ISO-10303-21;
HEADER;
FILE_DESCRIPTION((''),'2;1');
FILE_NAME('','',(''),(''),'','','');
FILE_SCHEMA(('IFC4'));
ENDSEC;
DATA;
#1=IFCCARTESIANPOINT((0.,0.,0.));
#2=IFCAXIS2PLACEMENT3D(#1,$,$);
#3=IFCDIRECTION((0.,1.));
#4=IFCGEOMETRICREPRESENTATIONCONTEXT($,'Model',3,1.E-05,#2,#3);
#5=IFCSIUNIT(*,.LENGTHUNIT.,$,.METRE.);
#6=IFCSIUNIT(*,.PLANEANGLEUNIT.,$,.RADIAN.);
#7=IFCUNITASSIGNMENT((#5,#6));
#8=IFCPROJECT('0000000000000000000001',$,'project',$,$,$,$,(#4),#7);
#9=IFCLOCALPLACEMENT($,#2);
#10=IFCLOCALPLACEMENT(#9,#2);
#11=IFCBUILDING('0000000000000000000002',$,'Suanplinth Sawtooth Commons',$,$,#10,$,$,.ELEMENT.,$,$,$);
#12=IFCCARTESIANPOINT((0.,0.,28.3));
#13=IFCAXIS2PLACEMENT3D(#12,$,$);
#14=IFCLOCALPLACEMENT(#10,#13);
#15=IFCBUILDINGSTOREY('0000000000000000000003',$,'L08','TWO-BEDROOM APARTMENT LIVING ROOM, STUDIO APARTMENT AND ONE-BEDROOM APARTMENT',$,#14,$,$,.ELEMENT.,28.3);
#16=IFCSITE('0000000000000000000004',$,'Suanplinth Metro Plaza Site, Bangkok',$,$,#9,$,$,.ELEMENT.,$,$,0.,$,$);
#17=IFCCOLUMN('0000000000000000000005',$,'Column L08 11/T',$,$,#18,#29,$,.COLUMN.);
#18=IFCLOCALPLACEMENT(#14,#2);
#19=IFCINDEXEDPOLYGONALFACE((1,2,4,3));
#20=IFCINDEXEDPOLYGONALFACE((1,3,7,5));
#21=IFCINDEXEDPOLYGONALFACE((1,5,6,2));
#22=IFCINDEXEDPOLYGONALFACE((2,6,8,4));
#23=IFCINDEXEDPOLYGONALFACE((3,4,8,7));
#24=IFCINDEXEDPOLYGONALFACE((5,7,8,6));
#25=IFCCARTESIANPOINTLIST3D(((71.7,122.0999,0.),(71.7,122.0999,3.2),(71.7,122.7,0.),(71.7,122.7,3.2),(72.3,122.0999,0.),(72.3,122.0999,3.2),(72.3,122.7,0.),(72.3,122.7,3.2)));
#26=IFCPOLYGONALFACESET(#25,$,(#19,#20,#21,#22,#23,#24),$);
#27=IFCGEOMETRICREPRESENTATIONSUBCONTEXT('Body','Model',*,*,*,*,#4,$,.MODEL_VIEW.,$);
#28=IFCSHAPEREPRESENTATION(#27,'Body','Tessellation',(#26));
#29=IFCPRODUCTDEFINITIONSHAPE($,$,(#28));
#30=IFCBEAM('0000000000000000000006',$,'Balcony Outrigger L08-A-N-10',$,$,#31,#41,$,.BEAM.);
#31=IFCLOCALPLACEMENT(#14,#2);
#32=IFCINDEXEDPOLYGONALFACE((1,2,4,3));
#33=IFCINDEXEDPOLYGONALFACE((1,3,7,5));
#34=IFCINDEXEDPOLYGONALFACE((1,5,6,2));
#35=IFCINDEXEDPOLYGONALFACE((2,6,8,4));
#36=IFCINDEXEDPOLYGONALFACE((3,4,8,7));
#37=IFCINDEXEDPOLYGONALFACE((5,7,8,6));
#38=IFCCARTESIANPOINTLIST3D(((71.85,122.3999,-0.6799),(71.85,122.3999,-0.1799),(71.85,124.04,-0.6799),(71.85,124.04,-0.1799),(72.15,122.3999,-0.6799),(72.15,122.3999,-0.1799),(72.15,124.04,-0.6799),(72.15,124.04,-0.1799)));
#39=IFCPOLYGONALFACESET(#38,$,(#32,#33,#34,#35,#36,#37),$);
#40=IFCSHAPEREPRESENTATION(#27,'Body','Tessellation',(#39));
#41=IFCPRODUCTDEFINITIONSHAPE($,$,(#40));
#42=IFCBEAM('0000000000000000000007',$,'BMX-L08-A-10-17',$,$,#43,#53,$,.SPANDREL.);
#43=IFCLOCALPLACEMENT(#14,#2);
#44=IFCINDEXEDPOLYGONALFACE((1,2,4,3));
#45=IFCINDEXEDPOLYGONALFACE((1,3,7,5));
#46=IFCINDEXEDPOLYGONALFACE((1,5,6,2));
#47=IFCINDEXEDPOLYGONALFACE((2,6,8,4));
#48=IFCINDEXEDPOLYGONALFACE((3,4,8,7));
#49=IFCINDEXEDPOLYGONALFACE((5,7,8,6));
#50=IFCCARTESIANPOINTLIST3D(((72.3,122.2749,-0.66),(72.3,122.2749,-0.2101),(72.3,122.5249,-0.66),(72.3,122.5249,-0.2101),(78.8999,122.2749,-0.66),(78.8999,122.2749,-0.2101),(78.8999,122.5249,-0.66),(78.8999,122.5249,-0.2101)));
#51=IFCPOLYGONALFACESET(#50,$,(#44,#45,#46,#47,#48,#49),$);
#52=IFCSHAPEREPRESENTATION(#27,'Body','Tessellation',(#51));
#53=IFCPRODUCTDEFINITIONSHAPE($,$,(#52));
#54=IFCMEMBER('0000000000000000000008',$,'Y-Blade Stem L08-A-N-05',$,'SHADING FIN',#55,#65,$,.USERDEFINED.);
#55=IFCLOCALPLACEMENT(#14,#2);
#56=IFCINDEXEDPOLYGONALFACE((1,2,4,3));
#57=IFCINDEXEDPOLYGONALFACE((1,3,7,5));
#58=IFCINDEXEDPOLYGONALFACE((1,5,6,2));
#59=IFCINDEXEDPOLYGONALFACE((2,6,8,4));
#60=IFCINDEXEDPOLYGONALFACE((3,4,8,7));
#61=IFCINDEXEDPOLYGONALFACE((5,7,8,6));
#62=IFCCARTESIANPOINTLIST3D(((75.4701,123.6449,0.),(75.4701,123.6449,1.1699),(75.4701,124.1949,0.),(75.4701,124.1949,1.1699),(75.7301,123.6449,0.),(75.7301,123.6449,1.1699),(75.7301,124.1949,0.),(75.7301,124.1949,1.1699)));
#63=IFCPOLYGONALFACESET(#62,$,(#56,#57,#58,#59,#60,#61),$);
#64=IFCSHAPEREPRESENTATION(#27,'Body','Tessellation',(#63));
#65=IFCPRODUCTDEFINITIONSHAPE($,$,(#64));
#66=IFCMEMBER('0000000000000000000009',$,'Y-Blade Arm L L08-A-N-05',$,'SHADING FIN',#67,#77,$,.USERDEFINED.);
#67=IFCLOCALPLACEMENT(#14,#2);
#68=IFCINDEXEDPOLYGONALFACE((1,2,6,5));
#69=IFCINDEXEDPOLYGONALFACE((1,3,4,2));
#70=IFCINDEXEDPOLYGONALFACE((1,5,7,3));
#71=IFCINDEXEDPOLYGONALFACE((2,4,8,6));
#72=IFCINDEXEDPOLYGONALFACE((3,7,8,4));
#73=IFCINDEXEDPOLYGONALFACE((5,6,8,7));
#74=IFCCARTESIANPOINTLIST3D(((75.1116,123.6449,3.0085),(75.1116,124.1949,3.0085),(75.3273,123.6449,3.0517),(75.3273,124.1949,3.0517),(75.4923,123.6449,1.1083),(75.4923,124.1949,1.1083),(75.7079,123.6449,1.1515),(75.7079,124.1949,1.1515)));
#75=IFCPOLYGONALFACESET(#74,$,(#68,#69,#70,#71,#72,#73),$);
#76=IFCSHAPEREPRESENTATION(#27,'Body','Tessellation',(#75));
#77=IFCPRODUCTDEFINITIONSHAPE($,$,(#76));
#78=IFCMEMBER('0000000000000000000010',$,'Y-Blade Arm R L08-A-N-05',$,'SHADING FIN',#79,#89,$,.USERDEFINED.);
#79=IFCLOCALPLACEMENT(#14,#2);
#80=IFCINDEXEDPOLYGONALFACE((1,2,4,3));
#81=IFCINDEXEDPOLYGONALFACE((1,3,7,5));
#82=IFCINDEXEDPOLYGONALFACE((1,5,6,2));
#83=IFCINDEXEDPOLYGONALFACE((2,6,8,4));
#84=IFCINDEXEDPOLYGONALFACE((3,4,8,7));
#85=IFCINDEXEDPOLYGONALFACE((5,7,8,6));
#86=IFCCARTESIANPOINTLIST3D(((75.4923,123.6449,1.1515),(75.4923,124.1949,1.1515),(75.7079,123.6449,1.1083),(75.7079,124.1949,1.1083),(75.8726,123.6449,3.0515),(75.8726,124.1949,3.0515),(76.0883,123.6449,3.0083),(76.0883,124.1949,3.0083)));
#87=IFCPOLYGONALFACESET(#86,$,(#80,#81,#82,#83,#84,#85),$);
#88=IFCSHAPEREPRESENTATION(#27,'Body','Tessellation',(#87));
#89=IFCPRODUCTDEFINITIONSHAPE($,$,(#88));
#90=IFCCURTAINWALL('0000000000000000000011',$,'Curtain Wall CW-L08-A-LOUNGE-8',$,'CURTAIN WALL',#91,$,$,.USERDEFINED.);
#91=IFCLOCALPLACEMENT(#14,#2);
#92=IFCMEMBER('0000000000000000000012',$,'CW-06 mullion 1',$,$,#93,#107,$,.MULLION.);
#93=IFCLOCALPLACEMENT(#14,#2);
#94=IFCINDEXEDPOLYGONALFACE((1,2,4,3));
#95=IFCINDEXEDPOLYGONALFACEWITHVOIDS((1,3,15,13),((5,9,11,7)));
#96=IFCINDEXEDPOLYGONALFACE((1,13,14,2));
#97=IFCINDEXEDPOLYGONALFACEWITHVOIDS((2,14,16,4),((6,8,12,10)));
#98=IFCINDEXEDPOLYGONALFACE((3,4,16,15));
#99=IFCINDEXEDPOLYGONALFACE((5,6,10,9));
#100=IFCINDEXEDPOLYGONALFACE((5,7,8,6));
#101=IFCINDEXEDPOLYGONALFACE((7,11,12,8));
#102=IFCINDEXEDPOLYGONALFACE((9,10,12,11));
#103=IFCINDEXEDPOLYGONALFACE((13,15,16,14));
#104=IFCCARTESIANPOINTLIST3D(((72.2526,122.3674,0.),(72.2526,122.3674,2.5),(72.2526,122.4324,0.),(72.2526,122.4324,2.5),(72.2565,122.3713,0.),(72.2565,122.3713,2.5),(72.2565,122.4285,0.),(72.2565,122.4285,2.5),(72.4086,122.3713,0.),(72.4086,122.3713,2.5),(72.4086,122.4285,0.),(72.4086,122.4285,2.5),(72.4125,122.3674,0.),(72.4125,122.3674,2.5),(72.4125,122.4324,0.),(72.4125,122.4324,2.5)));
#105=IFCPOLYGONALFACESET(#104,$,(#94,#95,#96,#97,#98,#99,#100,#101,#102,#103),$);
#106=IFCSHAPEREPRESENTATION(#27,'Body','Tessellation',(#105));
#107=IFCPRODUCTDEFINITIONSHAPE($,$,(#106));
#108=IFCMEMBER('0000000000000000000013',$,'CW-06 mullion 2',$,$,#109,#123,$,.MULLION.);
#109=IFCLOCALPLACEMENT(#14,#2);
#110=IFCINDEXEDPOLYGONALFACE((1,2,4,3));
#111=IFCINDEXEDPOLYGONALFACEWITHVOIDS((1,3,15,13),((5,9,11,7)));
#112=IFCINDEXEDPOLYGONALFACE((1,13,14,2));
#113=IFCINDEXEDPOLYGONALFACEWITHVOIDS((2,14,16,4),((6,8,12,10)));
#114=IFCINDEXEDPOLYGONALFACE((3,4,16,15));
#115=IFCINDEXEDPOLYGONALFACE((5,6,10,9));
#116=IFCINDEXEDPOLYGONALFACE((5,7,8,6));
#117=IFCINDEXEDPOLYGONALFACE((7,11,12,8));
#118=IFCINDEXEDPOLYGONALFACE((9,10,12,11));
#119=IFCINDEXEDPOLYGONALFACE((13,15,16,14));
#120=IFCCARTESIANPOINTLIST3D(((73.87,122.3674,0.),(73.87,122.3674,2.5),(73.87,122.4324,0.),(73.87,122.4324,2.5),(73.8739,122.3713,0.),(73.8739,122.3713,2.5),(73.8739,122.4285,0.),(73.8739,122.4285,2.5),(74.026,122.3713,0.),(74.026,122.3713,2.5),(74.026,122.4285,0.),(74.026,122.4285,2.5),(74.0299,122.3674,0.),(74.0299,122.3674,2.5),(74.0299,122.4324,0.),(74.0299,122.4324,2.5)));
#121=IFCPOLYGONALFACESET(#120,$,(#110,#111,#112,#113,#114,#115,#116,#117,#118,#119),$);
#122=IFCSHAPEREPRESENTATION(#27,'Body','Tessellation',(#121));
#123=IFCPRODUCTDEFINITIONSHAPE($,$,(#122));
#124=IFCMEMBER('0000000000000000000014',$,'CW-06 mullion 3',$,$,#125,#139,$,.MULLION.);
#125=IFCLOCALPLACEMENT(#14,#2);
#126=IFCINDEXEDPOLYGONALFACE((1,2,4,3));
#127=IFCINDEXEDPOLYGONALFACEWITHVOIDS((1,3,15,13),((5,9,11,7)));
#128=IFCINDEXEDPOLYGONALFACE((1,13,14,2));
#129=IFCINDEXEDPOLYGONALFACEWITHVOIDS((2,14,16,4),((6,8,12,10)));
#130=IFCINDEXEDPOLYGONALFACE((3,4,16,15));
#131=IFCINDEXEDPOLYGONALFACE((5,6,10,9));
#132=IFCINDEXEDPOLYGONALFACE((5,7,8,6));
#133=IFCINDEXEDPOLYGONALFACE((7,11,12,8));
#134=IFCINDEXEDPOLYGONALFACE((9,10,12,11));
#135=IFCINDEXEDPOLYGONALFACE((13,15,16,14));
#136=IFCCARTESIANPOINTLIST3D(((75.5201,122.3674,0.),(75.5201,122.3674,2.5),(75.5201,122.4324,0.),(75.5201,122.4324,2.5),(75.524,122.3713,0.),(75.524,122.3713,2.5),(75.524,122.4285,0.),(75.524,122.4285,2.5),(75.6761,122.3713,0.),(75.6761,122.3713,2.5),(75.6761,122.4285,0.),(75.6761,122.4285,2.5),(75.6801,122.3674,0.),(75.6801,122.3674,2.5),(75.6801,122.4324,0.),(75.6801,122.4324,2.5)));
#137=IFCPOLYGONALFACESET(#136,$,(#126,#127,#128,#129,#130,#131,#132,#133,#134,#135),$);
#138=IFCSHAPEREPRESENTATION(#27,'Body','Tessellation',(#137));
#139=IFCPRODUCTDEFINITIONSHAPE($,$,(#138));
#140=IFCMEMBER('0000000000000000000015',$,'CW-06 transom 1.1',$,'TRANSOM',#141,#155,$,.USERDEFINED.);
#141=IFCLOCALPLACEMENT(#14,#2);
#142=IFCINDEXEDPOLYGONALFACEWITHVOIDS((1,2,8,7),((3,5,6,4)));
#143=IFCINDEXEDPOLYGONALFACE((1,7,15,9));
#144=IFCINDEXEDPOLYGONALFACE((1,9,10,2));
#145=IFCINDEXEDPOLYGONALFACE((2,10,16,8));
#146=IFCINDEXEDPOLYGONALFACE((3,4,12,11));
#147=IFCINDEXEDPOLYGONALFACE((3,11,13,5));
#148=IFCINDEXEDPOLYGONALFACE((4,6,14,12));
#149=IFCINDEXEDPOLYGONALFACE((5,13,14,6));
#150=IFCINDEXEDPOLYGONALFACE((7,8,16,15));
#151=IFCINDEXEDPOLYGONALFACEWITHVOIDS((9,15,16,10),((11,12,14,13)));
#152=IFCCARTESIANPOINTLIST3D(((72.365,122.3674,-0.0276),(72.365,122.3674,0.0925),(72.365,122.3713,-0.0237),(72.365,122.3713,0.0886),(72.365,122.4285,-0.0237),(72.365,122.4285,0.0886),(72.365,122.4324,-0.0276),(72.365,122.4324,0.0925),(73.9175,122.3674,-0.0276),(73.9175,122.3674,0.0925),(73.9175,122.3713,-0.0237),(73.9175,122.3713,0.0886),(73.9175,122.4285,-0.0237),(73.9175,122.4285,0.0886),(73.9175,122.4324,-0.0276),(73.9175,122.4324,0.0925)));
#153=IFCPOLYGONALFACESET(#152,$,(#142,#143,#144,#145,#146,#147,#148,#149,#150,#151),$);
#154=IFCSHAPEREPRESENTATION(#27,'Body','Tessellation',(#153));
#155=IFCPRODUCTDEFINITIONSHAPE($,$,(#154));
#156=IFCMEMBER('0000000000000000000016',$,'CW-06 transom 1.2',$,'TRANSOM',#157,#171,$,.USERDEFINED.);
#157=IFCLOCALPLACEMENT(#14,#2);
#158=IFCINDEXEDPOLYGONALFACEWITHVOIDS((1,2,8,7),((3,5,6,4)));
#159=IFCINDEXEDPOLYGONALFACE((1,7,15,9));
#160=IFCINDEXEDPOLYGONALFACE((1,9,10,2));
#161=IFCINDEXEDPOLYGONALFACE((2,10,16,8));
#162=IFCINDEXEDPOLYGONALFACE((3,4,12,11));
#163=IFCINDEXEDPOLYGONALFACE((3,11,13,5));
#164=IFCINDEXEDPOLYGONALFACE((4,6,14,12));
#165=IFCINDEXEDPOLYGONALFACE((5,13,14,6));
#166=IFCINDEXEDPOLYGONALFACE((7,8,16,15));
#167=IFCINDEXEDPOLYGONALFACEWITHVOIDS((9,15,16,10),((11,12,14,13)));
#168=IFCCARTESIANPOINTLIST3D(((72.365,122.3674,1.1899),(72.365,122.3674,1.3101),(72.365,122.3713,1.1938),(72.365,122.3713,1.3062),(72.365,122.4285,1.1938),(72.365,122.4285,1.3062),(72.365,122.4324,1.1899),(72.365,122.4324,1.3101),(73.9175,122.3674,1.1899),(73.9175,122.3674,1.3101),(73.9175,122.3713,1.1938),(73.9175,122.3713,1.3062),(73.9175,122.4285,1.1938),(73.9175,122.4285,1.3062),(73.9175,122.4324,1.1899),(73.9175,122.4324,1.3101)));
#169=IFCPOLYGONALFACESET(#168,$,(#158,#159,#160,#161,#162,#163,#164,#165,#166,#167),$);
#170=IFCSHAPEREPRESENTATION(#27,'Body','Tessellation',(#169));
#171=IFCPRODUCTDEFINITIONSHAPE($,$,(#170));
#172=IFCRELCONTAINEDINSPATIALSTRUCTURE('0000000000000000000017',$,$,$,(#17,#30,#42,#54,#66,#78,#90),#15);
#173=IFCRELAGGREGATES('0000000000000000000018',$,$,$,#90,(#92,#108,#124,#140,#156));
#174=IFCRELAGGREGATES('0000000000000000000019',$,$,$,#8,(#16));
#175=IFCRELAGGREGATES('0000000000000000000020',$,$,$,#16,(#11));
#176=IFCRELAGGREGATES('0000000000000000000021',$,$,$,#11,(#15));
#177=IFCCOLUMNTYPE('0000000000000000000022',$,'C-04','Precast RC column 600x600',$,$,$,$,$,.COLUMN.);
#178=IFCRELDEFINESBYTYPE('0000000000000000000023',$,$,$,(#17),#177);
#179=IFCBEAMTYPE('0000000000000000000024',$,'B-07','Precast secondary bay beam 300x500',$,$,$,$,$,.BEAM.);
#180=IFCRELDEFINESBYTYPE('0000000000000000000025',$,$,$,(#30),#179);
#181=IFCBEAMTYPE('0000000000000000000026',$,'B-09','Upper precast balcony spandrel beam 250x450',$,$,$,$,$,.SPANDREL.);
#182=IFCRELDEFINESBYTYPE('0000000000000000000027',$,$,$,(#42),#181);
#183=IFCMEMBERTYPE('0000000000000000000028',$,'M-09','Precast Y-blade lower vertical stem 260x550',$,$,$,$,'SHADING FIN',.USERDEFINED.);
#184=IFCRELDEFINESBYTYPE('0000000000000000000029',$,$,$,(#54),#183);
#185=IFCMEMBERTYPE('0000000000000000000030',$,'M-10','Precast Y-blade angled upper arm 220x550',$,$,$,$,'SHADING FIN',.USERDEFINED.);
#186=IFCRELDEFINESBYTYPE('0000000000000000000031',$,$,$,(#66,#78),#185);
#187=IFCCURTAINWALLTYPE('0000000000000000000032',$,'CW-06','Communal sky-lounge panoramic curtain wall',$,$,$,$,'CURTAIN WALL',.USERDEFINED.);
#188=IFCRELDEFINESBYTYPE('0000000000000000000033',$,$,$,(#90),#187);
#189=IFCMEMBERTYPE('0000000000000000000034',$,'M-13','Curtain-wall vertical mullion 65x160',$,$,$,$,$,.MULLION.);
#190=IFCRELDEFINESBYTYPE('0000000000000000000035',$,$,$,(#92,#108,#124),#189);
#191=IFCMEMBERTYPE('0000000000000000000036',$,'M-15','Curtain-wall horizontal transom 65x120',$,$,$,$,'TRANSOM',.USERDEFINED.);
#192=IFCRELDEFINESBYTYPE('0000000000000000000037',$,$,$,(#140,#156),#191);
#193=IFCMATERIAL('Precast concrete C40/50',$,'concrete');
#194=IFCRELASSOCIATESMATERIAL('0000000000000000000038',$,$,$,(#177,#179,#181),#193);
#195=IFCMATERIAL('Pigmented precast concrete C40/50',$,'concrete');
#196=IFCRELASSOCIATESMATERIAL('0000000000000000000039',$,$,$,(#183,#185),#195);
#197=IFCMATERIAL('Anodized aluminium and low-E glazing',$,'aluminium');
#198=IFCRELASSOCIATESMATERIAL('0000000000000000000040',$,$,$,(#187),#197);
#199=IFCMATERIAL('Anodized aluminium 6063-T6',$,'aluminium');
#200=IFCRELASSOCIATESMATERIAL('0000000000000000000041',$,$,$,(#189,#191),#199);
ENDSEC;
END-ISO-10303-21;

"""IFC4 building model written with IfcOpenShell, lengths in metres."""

from ifc_helpers import new_model, si_unit, direction, frame, origin, origin_2d, place, context, subcontext, project, spatial, rectangle, hollow_rectangle, extrude, material, material_profile, profile_set, type_object, element, aggregate, save


model = new_model("IFC4")

# Units and contexts
model_context = context("Model", 3, precision=1e-05, world=origin(), true_north=direction((0.0, 1.0)))
body_context = subcontext(model_context, "Body", "Model", "MODEL_VIEW")
ifc_project = project(units=[si_unit("LENGTHUNIT", "METRE"), si_unit("PLANEANGLEUNIT", "RADIAN")], contexts=[model_context])

# Site, building, storey
site_placement = place(None, origin())
site = spatial("IfcSite", under=ifc_project, at=site_placement, Name="Suanplinth Metro Plaza Site, Bangkok", CompositionType="ELEMENT", RefElevation=0.0)
building_placement = place(site_placement, origin())
building = spatial("IfcBuilding", under=site, at=building_placement, Name="Suanplinth Sawtooth Commons", CompositionType="ELEMENT")
storey_placement = place(building_placement, frame((0.0, 0.0, 28.3)))
storey = spatial("IfcBuildingStorey", under=building, at=storey_placement, Name="L08", Description="TWO-BEDROOM APARTMENT LIVING ROOM, STUDIO APARTMENT AND ONE-BEDROOM APARTMENT", CompositionType="ELEMENT", Elevation=28.3)

# Column
ifc_material_1 = material(Name="Precast concrete C40/50", Category="concrete")
ifc_material_profile_1 = material_profile(ifc_material_1, rectangle(XDim=0.6001, YDim=0.6001, at=origin_2d()), Name="PC-COL 600x600")
ifc_profile_set_1 = profile_set([ifc_material_profile_1], Name="Precast concrete C40/50")
column_type = type_object("IfcColumnType", Name="C-04", Description="Precast RC column 600x600", PredefinedType="COLUMN", material=ifc_profile_set_1)
column_placement = place(storey_placement, frame((72.0, 122.3999, 0.0), z_axis=(0.0, 0.0, 1.0), x_axis=(1.0, 0.0, 0.0)))
element("IfcColumn", 1, at=column_placement, inside=storey, type_object=column_type, Name="Column L08 11/T", PredefinedType="COLUMN", context=body_context, shape_type="SweptSolid", body=[
    extrude(rectangle(XDim=0.6001, YDim=0.6001, at=origin_2d()), origin(), (0.0, 0.0, 1.0), 3.2),
])

# Beams
ifc_material_profile_2 = material_profile(ifc_material_1, rectangle(XDim=0.3, YDim=0.5, at=origin_2d()), Name="PC-BM 300x500")
ifc_profile_set_2 = profile_set([ifc_material_profile_2], Name="Precast concrete C40/50")
beam_type_1 = type_object("IfcBeamType", Name="B-07", Description="Precast secondary bay beam 300x500", PredefinedType="BEAM", material=ifc_profile_set_2)
beam_1_placement = place(storey_placement, frame((72.0, 122.3999, -0.4299), z_axis=(0.0, 1.0, 0.0), x_axis=(-1.0, 0.0, 0.0)))
element("IfcBeam", 2, at=beam_1_placement, inside=storey, type_object=beam_type_1, Name="Balcony Outrigger L08-A-N-10", PredefinedType="BEAM", context=body_context, shape_type="SweptSolid", body=[
    extrude(rectangle(XDim=0.3, YDim=0.5, at=origin_2d()), origin(), (0.0, 0.0, 1.0), 1.6401),
])
ifc_material_profile_3 = material_profile(ifc_material_1, rectangle(XDim=0.25, YDim=0.45, at=origin_2d()), Name="PC-SP 250x450")
ifc_profile_set_3 = profile_set([ifc_material_profile_3], Name="Precast concrete C40/50")
beam_type_2 = type_object("IfcBeamType", Name="B-09", Description="Upper precast balcony spandrel beam 250x450", PredefinedType="SPANDREL", material=ifc_profile_set_3)
beam_2_placement = place(storey_placement, frame((72.3, 122.3999, -0.4351), z_axis=(1.0, 0.0, 0.0), x_axis=(0.0, 1.0, 0.0)))
element("IfcBeam", 3, at=beam_2_placement, inside=storey, type_object=beam_type_2, Name="BMX-L08-A-10-17", PredefinedType="SPANDREL", context=body_context, shape_type="SweptSolid", body=[
    extrude(rectangle(XDim=0.25, YDim=0.45, at=origin_2d()), origin(), (0.0, 0.0, 1.0), 6.5999),
])

# Members
ifc_material_2 = material(Name="Pigmented precast concrete C40/50", Category="concrete")
ifc_material_profile_4 = material_profile(ifc_material_2, rectangle(XDim=0.26, YDim=0.55, at=origin_2d()), Name="PC-FIN 260x550")
ifc_profile_set_4 = profile_set([ifc_material_profile_4], Name="Pigmented precast concrete C40/50")
member_type_1 = type_object("IfcMemberType", Name="M-09", Description="Precast Y-blade lower vertical stem 260x550", ElementType="SHADING FIN", PredefinedType="USERDEFINED", material=ifc_profile_set_4)
member_1_placement = place(storey_placement, frame((75.6001, 123.9199, 0.0), z_axis=(0.0, 0.0, 1.0), x_axis=(1.0, 0.0, 0.0)))
element("IfcMember", 4, at=member_1_placement, inside=storey, type_object=member_type_1, Name="Y-Blade Stem L08-A-N-05", ObjectType="SHADING FIN", PredefinedType="USERDEFINED", context=body_context, shape_type="SweptSolid", body=[
    extrude(rectangle(XDim=0.26, YDim=0.55, at=origin_2d()), origin(), (0.0, 0.0, 1.0), 1.1699),
])
ifc_material_profile_5 = material_profile(ifc_material_2, rectangle(XDim=0.22, YDim=0.55, at=origin_2d()), Name="PC-FIN 220x550")
ifc_profile_set_5 = profile_set([ifc_material_profile_5], Name="Pigmented precast concrete C40/50")
member_type_2 = type_object("IfcMemberType", Name="M-10", Description="Precast Y-blade angled upper arm 220x550", ElementType="SHADING FIN", PredefinedType="USERDEFINED", material=ifc_profile_set_5)
member_2_placement = place(storey_placement, frame((75.6001, 123.9199, 1.1299), z_axis=(-0.196407, 0.0, 0.980522), x_axis=(0.980522, 0.0, 0.196407)))
element("IfcMember", 5, at=member_2_placement, inside=storey, type_object=member_type_2, Name="Y-Blade Arm L L08-A-N-05", ObjectType="SHADING FIN", PredefinedType="USERDEFINED", context=body_context, shape_type="SweptSolid", body=[
    extrude(rectangle(XDim=0.22, YDim=0.55, at=origin_2d()), origin(), (0.0, 0.0, 1.0), 1.938),
])
member_3_placement = place(storey_placement, frame((75.6001, 123.9199, 1.1299), z_axis=(0.196286, 0.0, 0.980547), x_axis=(-0.980547, 0.0, 0.196286)))
element("IfcMember", 6, at=member_3_placement, inside=storey, type_object=member_type_2, Name="Y-Blade Arm R L08-A-N-05", ObjectType="SHADING FIN", PredefinedType="USERDEFINED", context=body_context, shape_type="SweptSolid", body=[
    extrude(rectangle(XDim=0.22, YDim=0.55, at=origin_2d()), origin(), (0.0, 0.0, 1.0), 1.9377),
])

# Curtain wall, members
ifc_material_3 = material(Name="Anodized aluminium and low-E glazing", Category="aluminium")
curtain_wall_type = type_object("IfcCurtainWallType", Name="CW-06", Description="Communal sky-lounge panoramic curtain wall", ElementType="CURTAIN WALL", PredefinedType="USERDEFINED", material=ifc_material_3)
curtain_wall_placement = place(storey_placement, origin())
curtain_wall = element("IfcCurtainWall", 7, at=curtain_wall_placement, inside=storey, type_object=curtain_wall_type, Name="Curtain Wall CW-L08-A-LOUNGE-8", ObjectType="CURTAIN WALL", PredefinedType="USERDEFINED")
ifc_material_4 = material(Name="Anodized aluminium 6063-T6", Category="aluminium")
ifc_material_profile_6 = material_profile(ifc_material_4, hollow_rectangle(XDim=0.0649, YDim=0.1599, WallThickness=0.0039, at=origin_2d()), Name="ALU-MUL 65x160")
ifc_profile_set_6 = profile_set([ifc_material_profile_6], Name="Anodized aluminium 6063-T6")
member_type_3 = type_object("IfcMemberType", Name="M-13", Description="Curtain-wall vertical mullion 65x160", PredefinedType="MULLION", material=ifc_profile_set_6)
member_4_placement = place(storey_placement, frame((72.3325, 122.3999, 0.0), z_axis=(0.0, 0.0, 1.0), x_axis=(0.0, 1.0, 0.0)))
member_4 = element("IfcMember", 8, at=member_4_placement, type_object=member_type_3, Name="CW-06 mullion 1", PredefinedType="MULLION", context=body_context, shape_type="SweptSolid", body=[
    extrude(hollow_rectangle(XDim=0.0649, YDim=0.1599, WallThickness=0.0039, at=origin_2d()), origin(), (0.0, 0.0, 1.0), 2.5),
])
member_5_placement = place(storey_placement, frame((73.95, 122.3999, 0.0), z_axis=(0.0, 0.0, 1.0), x_axis=(0.0, 1.0, 0.0)))
member_5 = element("IfcMember", 9, at=member_5_placement, type_object=member_type_3, Name="CW-06 mullion 2", PredefinedType="MULLION", context=body_context, shape_type="SweptSolid", body=[
    extrude(hollow_rectangle(XDim=0.0649, YDim=0.1599, WallThickness=0.0039, at=origin_2d()), origin(), (0.0, 0.0, 1.0), 2.5),
])
member_6_placement = place(storey_placement, frame((75.6001, 122.3999, 0.0), z_axis=(0.0, 0.0, 1.0), x_axis=(0.0, 1.0, 0.0)))
member_6 = element("IfcMember", 10, at=member_6_placement, type_object=member_type_3, Name="CW-06 mullion 3", PredefinedType="MULLION", context=body_context, shape_type="SweptSolid", body=[
    extrude(hollow_rectangle(XDim=0.0649, YDim=0.1599, WallThickness=0.0039, at=origin_2d()), origin(), (0.0, 0.0, 1.0), 2.5),
])
ifc_material_profile_7 = material_profile(ifc_material_4, hollow_rectangle(XDim=0.0649, YDim=0.1201, WallThickness=0.0039, at=origin_2d()), Name="ALU-TRN 65x120")
ifc_profile_set_7 = profile_set([ifc_material_profile_7], Name="Anodized aluminium 6063-T6")
member_type_4 = type_object("IfcMemberType", Name="M-15", Description="Curtain-wall horizontal transom 65x120", ElementType="TRANSOM", PredefinedType="USERDEFINED", material=ifc_profile_set_7)
member_7_placement = place(storey_placement, frame((72.365, 122.3999, 0.0325), z_axis=(1.0, 0.0, 0.0), x_axis=(0.0, 1.0, 0.0)))
member_7 = element("IfcMember", 11, at=member_7_placement, type_object=member_type_4, Name="CW-06 transom 1.1", ObjectType="TRANSOM", PredefinedType="USERDEFINED", context=body_context, shape_type="SweptSolid", body=[
    extrude(hollow_rectangle(XDim=0.0649, YDim=0.1201, WallThickness=0.0039, at=origin_2d()), origin(), (0.0, 0.0, 1.0), 1.5525),
])
member_8_placement = place(storey_placement, frame((72.365, 122.3999, 1.25), z_axis=(1.0, 0.0, 0.0), x_axis=(0.0, 1.0, 0.0)))
member_8 = element("IfcMember", 12, at=member_8_placement, type_object=member_type_4, Name="CW-06 transom 1.2", ObjectType="TRANSOM", PredefinedType="USERDEFINED", context=body_context, shape_type="SweptSolid", body=[
    extrude(hollow_rectangle(XDim=0.0649, YDim=0.1201, WallThickness=0.0039, at=origin_2d()), origin(), (0.0, 0.0, 1.0), 1.5525),
])

aggregate(curtain_wall, [member_4, member_5, member_6, member_7, member_8])

save(model, "model.ifc")
